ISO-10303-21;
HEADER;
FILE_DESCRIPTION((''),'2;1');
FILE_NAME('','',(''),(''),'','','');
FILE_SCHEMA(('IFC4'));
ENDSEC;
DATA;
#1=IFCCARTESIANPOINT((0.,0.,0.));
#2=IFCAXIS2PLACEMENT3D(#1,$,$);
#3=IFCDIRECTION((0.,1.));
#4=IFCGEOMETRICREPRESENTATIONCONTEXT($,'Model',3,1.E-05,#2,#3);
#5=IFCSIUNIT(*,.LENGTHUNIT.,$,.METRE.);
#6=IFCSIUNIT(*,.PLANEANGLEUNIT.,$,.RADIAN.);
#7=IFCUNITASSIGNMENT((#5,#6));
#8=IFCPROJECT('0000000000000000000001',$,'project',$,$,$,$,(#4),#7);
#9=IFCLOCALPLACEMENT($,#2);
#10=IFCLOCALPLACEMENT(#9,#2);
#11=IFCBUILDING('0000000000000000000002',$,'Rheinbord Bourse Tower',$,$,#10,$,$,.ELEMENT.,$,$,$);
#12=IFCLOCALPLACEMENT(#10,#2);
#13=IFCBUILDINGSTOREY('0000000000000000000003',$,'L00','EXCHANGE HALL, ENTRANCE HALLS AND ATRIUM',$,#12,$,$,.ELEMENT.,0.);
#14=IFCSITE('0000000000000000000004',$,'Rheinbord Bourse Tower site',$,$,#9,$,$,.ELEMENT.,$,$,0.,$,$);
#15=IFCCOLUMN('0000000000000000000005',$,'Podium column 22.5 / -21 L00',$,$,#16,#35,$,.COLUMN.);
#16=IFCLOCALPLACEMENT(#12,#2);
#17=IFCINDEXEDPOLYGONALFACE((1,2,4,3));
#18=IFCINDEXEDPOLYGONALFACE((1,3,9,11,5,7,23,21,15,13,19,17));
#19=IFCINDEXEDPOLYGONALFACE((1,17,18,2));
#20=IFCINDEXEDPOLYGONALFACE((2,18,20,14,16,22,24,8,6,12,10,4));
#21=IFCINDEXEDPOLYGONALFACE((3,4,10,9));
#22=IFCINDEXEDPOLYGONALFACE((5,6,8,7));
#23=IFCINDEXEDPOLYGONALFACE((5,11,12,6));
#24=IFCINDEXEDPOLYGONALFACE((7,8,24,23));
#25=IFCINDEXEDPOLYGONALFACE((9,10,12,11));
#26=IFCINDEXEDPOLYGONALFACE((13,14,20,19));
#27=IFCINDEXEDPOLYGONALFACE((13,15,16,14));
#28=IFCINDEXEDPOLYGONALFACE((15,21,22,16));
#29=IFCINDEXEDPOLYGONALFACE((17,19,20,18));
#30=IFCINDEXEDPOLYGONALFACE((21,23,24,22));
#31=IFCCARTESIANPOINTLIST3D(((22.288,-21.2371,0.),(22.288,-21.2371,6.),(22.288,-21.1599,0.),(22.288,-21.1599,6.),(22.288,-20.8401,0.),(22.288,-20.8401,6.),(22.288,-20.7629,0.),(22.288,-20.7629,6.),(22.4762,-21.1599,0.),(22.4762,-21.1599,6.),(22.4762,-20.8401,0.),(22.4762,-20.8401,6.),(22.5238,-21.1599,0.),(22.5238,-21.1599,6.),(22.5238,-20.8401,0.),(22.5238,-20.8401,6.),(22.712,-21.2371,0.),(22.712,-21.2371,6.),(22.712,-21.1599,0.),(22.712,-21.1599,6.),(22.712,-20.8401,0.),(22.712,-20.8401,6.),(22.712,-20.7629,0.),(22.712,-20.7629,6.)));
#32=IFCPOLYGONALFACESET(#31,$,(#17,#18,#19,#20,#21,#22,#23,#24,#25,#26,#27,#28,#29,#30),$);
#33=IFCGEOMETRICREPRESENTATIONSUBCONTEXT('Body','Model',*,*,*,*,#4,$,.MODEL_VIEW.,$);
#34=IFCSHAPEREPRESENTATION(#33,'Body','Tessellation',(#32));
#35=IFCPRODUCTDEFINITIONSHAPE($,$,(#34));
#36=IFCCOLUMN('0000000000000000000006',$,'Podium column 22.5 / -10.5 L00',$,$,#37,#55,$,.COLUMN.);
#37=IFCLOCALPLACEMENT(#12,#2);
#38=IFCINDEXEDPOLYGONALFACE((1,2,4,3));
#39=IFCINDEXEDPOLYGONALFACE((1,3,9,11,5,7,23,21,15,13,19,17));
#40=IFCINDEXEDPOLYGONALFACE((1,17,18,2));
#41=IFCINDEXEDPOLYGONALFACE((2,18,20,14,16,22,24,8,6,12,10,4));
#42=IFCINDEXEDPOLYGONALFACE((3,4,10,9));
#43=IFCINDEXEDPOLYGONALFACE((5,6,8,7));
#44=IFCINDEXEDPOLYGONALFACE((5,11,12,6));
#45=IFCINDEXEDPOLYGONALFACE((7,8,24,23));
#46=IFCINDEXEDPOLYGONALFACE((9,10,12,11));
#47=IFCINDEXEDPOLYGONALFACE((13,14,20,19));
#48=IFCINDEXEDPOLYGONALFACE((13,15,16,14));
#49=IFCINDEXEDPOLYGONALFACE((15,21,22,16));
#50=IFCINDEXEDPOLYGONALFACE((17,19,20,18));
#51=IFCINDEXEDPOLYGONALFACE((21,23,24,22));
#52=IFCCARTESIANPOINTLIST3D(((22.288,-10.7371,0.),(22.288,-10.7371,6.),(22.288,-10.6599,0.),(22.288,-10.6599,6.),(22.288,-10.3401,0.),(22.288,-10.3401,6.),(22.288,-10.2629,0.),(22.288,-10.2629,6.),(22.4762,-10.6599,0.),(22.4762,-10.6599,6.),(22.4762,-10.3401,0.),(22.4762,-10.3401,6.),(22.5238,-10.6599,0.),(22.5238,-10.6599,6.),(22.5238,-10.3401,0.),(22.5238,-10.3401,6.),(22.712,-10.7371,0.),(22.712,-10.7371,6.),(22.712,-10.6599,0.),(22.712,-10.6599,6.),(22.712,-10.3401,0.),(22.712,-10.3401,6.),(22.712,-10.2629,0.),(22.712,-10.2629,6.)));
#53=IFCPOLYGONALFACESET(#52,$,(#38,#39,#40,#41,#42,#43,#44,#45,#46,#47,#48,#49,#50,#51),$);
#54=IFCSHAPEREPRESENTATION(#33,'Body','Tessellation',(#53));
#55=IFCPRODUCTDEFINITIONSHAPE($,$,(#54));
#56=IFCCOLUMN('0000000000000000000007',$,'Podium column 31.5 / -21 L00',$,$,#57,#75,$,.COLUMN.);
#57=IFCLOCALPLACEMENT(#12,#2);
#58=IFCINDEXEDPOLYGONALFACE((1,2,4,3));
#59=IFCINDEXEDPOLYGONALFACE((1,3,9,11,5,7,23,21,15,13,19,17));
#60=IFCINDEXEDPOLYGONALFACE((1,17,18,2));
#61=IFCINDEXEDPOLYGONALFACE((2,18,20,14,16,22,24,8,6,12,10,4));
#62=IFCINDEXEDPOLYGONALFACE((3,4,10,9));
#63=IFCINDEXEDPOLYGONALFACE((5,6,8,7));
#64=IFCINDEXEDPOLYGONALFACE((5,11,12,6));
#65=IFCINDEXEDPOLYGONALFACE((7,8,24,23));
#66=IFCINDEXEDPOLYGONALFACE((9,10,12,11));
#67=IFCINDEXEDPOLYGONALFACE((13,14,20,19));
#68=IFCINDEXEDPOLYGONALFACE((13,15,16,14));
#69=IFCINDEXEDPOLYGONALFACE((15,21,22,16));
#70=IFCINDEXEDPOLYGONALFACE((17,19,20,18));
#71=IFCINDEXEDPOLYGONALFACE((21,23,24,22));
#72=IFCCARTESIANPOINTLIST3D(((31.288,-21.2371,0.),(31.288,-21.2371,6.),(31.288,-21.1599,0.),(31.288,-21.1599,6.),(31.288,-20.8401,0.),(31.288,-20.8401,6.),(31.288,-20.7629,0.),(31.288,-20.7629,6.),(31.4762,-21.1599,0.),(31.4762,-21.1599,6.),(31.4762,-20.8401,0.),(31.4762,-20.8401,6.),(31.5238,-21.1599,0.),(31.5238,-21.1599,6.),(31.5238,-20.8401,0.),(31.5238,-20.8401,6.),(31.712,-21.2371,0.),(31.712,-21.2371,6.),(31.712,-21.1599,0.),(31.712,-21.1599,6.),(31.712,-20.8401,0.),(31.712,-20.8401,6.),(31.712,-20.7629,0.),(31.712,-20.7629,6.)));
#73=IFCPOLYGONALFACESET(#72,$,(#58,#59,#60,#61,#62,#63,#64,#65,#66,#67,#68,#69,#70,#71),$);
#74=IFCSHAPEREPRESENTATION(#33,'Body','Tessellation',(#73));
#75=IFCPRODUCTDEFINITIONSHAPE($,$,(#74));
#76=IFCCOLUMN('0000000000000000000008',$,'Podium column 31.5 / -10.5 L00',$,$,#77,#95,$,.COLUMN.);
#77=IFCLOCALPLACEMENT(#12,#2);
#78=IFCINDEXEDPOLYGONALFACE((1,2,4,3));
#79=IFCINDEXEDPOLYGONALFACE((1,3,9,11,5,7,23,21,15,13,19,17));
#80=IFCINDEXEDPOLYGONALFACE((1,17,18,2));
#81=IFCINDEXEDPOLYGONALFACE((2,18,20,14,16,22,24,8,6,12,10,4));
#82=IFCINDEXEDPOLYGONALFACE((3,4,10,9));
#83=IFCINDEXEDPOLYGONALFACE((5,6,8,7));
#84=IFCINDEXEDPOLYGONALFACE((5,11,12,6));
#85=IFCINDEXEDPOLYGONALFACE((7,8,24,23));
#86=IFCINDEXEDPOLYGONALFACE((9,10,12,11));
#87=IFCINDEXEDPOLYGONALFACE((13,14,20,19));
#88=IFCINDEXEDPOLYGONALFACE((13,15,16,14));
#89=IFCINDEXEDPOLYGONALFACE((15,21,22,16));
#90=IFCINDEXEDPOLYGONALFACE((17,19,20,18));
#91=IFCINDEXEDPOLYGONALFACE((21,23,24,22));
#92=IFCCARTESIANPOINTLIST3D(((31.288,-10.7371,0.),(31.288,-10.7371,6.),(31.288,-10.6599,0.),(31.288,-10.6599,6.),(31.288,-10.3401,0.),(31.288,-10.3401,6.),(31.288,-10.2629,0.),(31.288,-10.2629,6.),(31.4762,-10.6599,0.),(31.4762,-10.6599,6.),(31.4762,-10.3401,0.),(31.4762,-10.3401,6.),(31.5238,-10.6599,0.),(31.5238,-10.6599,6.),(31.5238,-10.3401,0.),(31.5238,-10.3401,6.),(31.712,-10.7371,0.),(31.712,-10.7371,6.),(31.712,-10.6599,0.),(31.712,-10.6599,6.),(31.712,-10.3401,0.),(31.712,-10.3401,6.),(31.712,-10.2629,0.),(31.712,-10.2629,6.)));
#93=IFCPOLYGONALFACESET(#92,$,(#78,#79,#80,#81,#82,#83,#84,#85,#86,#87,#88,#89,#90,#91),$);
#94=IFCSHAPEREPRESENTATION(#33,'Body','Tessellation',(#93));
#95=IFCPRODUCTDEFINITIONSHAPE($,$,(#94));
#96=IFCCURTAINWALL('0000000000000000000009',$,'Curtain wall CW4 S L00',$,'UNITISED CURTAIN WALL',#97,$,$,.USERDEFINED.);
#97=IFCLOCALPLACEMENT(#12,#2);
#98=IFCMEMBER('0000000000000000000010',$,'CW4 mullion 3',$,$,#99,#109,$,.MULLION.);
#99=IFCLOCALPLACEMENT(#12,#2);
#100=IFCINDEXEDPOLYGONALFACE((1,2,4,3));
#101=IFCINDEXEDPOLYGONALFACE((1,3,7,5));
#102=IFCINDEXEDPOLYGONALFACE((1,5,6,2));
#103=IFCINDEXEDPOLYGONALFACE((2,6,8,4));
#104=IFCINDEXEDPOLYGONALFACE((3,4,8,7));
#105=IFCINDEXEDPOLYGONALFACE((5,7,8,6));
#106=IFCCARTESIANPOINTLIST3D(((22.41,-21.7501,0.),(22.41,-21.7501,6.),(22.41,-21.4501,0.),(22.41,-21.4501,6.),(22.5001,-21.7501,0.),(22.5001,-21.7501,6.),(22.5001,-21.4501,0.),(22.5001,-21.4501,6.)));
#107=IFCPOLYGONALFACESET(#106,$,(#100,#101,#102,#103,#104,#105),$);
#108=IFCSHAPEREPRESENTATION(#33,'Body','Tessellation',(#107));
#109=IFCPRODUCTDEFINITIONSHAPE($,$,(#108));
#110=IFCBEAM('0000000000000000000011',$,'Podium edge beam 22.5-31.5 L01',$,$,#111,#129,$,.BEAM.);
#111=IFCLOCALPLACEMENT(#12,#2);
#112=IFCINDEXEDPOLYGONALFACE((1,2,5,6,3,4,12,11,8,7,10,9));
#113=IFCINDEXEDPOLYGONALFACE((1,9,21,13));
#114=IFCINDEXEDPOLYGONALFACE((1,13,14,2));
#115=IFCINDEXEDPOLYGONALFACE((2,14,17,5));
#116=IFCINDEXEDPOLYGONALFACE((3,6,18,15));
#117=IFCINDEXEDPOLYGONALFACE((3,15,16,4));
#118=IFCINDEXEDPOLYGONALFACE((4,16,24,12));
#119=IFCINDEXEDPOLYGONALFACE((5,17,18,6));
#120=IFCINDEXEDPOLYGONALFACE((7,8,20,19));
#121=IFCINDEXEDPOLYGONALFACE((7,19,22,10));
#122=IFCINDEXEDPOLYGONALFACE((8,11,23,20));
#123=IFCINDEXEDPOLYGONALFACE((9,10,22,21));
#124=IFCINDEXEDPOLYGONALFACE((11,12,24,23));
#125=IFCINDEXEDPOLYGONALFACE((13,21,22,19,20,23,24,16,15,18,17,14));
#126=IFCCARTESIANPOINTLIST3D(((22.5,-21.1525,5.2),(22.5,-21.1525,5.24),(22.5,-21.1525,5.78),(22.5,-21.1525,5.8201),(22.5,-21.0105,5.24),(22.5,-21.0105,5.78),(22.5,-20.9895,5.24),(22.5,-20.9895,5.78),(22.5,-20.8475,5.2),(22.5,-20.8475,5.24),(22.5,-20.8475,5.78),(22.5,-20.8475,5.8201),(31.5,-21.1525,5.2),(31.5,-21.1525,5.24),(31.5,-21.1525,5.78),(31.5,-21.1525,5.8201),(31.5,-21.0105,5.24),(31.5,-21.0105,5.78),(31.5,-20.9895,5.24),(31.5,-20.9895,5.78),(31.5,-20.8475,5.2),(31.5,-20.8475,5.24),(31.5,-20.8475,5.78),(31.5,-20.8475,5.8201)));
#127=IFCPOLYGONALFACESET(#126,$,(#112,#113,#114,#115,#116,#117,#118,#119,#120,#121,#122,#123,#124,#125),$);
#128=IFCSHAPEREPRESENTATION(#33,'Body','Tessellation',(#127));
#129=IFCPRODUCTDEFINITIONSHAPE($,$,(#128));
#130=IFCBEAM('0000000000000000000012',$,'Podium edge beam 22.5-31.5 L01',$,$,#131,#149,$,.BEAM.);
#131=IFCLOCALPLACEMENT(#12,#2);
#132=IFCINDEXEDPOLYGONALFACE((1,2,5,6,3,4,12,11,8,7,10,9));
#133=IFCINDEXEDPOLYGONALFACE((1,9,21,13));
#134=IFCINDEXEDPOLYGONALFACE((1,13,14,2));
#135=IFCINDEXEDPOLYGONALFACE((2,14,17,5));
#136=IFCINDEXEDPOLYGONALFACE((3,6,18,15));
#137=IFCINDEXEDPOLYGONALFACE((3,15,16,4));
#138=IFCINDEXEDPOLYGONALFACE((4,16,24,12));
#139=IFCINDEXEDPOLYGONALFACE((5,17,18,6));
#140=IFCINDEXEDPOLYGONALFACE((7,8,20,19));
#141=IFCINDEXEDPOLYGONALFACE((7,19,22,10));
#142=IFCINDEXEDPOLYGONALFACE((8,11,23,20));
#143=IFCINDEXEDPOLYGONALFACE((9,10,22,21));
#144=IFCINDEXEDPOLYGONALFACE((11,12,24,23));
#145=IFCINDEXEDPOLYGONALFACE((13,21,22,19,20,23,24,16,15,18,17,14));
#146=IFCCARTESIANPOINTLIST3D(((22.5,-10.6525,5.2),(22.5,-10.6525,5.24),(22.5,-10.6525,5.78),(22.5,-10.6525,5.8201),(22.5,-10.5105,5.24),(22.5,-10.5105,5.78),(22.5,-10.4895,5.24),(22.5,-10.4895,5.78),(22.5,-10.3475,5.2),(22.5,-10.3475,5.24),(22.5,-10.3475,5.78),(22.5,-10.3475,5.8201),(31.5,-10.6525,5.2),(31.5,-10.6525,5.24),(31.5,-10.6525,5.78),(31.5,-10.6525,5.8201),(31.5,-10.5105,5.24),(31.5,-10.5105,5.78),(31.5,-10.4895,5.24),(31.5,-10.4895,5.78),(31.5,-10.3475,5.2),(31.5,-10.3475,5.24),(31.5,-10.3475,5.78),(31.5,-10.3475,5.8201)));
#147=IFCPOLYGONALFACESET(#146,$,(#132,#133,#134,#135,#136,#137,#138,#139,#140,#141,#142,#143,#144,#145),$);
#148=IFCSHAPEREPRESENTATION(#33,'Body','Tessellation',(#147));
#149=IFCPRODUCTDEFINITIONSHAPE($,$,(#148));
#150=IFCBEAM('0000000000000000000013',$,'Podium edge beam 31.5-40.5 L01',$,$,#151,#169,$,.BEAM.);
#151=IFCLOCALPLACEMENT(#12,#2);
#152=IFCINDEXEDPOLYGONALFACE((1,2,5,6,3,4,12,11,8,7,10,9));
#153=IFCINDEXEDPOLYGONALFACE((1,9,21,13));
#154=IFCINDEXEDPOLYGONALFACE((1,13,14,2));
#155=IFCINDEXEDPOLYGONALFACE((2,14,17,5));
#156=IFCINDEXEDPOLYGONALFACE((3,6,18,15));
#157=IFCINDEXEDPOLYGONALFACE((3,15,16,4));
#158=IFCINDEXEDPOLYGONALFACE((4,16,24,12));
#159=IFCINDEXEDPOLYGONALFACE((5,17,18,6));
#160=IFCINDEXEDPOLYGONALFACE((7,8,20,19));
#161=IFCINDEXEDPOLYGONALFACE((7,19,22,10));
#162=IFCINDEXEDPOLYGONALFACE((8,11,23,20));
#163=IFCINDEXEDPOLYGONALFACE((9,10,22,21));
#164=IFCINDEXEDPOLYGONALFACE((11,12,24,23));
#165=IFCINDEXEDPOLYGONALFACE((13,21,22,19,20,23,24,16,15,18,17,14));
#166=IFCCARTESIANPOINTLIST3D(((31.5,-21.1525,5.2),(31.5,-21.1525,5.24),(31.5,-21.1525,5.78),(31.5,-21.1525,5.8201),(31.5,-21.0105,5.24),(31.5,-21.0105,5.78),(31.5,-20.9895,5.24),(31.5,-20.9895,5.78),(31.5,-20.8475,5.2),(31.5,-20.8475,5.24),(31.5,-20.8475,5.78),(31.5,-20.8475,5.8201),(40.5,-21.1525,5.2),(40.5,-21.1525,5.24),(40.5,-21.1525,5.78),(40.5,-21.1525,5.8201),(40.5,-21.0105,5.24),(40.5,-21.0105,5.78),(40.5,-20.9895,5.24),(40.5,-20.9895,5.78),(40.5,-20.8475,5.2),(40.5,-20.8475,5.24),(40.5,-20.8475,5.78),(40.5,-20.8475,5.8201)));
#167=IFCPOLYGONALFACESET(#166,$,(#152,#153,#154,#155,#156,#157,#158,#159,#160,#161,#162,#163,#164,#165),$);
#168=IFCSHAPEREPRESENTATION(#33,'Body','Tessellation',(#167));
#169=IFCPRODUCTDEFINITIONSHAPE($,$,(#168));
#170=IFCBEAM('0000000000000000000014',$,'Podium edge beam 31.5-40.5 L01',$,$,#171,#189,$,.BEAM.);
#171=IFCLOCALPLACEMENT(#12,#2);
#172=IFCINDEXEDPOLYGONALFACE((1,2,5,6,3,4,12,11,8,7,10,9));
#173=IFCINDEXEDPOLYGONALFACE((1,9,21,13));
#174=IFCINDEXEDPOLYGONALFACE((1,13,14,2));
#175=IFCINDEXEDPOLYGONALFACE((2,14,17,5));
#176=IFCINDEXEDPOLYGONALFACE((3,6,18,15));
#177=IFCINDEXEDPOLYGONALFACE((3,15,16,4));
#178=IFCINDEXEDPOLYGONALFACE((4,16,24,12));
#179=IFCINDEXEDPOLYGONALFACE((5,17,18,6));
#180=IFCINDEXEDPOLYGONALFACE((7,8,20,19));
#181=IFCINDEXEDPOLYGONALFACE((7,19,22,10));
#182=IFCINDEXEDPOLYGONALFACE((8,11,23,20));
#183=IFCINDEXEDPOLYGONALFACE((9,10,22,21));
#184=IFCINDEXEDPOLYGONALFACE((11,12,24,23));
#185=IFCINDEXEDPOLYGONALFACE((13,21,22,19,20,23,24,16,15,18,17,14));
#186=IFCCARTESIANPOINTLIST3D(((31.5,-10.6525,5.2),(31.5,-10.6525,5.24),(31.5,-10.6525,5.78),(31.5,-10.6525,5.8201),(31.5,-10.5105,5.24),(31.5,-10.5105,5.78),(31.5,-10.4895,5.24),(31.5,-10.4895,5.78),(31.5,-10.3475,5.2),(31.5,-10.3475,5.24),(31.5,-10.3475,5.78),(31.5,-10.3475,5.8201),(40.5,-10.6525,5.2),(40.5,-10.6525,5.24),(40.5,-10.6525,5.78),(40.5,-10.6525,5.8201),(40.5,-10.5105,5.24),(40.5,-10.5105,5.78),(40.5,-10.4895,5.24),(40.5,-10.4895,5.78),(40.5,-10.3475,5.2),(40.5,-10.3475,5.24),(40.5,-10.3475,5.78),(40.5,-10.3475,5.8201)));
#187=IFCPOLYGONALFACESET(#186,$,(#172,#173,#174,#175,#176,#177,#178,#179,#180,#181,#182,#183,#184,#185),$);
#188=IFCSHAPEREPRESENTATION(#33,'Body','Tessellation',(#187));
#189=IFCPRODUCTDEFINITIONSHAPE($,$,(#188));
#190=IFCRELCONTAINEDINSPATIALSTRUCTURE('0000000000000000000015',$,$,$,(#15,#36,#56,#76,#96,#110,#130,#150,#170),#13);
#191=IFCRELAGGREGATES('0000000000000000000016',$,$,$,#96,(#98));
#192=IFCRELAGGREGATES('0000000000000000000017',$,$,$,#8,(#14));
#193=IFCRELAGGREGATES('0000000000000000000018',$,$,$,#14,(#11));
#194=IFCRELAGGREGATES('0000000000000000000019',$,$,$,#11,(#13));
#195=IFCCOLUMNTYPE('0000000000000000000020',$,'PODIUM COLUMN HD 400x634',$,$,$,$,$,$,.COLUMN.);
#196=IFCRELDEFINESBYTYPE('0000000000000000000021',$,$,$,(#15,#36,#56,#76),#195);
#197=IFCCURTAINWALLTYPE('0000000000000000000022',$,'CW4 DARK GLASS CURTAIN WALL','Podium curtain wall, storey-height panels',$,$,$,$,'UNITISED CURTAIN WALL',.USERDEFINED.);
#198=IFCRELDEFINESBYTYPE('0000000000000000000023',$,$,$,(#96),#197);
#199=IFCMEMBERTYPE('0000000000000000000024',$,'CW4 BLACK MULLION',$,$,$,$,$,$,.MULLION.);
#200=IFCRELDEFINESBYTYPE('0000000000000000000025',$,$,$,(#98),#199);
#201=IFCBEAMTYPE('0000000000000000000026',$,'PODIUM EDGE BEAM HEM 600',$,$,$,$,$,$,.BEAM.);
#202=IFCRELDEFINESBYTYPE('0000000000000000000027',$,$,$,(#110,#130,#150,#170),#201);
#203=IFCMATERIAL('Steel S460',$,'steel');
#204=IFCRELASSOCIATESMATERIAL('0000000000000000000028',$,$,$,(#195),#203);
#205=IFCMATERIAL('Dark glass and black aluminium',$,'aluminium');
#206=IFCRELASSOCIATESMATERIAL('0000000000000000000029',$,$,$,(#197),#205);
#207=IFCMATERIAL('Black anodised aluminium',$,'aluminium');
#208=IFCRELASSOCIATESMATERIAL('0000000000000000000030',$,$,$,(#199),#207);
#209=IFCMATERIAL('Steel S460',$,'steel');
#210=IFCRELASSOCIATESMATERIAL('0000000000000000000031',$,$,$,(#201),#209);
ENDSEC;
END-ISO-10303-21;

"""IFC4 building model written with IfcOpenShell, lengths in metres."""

from ifc_helpers import new_model, si_unit, direction, frame, origin, origin_2d, place, context, subcontext, project, spatial, rectangle, i_section, extrude, material, material_profile, profile_set, type_object, element, aggregate, save


model = new_model("IFC4")

# Units and contexts
model_context = context("Model", 3, precision=1e-05, world=origin(), true_north=direction((0.0, 1.0)))
body_context = subcontext(model_context, "Body", "Model", "MODEL_VIEW")
ifc_project = project(units=[si_unit("LENGTHUNIT", "METRE"), si_unit("PLANEANGLEUNIT", "RADIAN")], contexts=[model_context])

# Site, building, storey
site_placement = place(None, origin())
site = spatial("IfcSite", under=ifc_project, at=site_placement, Name="Rheinbord Bourse Tower site", CompositionType="ELEMENT", RefElevation=0.0)
building_placement = place(site_placement, origin())
building = spatial("IfcBuilding", under=site, at=building_placement, Name="Rheinbord Bourse Tower", CompositionType="ELEMENT")
storey_placement = place(building_placement, origin())
storey = spatial("IfcBuildingStorey", under=building, at=storey_placement, Name="L00", Description="EXCHANGE HALL, ENTRANCE HALLS AND ATRIUM", CompositionType="ELEMENT", Elevation=0.0)

# Columns
ifc_material_1 = material(Name="Steel S460", Category="steel")
ifc_material_profile_1 = material_profile(ifc_material_1, i_section(OverallWidth=0.4241, OverallDepth=0.4741, WebThickness=0.0476, FlangeThickness=0.0771, at=origin_2d()), Name="HD 400x634")
ifc_profile_set_1 = profile_set([ifc_material_profile_1], Name="Steel S460")
column_type = type_object("IfcColumnType", Name="PODIUM COLUMN HD 400x634", PredefinedType="COLUMN", material=ifc_profile_set_1)
for number, where, z_axis, x_axis, name in (
    (1, (22.5, -21.0, 0.0), (0.0, 0.0, 1.0), (1.0, 0.0, 0.0), "Podium column 22.5 / -21 L00"),
    (2, (22.5, -10.5, 0.0), (0.0, 0.0, 1.0), (1.0, 0.0, 0.0), "Podium column 22.5 / -10.5 L00"),
    (3, (31.5, -21.0, 0.0), (0.0, 0.0, 1.0), (1.0, 0.0, 0.0), "Podium column 31.5 / -21 L00"),
    (4, (31.5, -10.5, 0.0), (0.0, 0.0, 1.0), (1.0, 0.0, 0.0), "Podium column 31.5 / -10.5 L00"),
):
    element("IfcColumn", number, at=place(storey_placement, frame(where, z_axis=z_axis, x_axis=x_axis)), inside=storey, type_object=column_type, Name=name, PredefinedType="COLUMN", context=body_context, shape_type="SweptSolid", body=[
        extrude(i_section(OverallWidth=0.4241, OverallDepth=0.4741, WebThickness=0.0476, FlangeThickness=0.0771, at=origin_2d()), origin(), (0.0, 0.0, 1.0), 6.0),
    ])

# Curtain wall, member
ifc_material_2 = material(Name="Dark glass and black aluminium", Category="aluminium")
curtain_wall_type = type_object("IfcCurtainWallType", Name="CW4 DARK GLASS CURTAIN WALL", Description="Podium curtain wall, storey-height panels", ElementType="UNITISED CURTAIN WALL", PredefinedType="USERDEFINED", material=ifc_material_2)
curtain_wall_placement = place(storey_placement, origin())
curtain_wall = element("IfcCurtainWall", 5, at=curtain_wall_placement, inside=storey, type_object=curtain_wall_type, Name="Curtain wall CW4 S L00", ObjectType="UNITISED CURTAIN WALL", PredefinedType="USERDEFINED")
ifc_material_3 = material(Name="Black anodised aluminium", Category="aluminium")
ifc_material_profile_2 = material_profile(ifc_material_3, rectangle(XDim=0.3, YDim=0.0901, at=origin_2d()), Name="CW4 MULLION 90x300")
ifc_profile_set_2 = profile_set([ifc_material_profile_2], Name="Black anodised aluminium")
member_type = type_object("IfcMemberType", Name="CW4 BLACK MULLION", PredefinedType="MULLION", material=ifc_profile_set_2)
member_placement = place(storey_placement, frame((22.4551, -21.6001, 0.0), z_axis=(0.0, 0.0, 1.0), x_axis=(0.0, 1.0, 0.0)))
member = element("IfcMember", 6, at=member_placement, type_object=member_type, Name="CW4 mullion 3", PredefinedType="MULLION", context=body_context, shape_type="SweptSolid", body=[
    extrude(rectangle(XDim=0.3, YDim=0.0901, at=origin_2d()), origin(), (0.0, 0.0, 1.0), 6.0),
])
aggregate(curtain_wall, [member])

# Beams
ifc_material_4 = material(Name="Steel S460", Category="steel")
ifc_material_profile_3 = material_profile(ifc_material_4, i_section(OverallWidth=0.3049, OverallDepth=0.6201, WebThickness=0.021, FlangeThickness=0.04, at=origin_2d()), Name="HEM 600")
ifc_profile_set_3 = profile_set([ifc_material_profile_3], Name="Steel S460")
beam_type_1 = type_object("IfcBeamType", Name="PODIUM EDGE BEAM HEM 600", PredefinedType="BEAM", material=ifc_profile_set_3)
for number, where, z_axis, x_axis, name in (
    (7, (22.5, -21.0, 5.51), (1.0, 0.0, 0.0), (0.0, 1.0, 0.0), "Podium edge beam 22.5-31.5 L01"),
    (8, (22.5, -10.5, 5.51), (1.0, 0.0, 0.0), (0.0, 1.0, 0.0), "Podium edge beam 22.5-31.5 L01"),
    (9, (31.5, -21.0, 5.51), (1.0, 0.0, 0.0), (0.0, 1.0, 0.0), "Podium edge beam 31.5-40.5 L01"),
    (10, (31.5, -10.5, 5.51), (1.0, 0.0, 0.0), (0.0, 1.0, 0.0), "Podium edge beam 31.5-40.5 L01"),
):
    element("IfcBeam", number, at=place(storey_placement, frame(where, z_axis=z_axis, x_axis=x_axis)), inside=storey, type_object=beam_type_1, Name=name, PredefinedType="BEAM", context=body_context, shape_type="SweptSolid", body=[
        extrude(i_section(OverallWidth=0.3049, OverallDepth=0.6201, WebThickness=0.021, FlangeThickness=0.04, at=origin_2d()), origin(), (0.0, 0.0, 1.0), 9.0),
    ])

save(model, "model.ifc")
